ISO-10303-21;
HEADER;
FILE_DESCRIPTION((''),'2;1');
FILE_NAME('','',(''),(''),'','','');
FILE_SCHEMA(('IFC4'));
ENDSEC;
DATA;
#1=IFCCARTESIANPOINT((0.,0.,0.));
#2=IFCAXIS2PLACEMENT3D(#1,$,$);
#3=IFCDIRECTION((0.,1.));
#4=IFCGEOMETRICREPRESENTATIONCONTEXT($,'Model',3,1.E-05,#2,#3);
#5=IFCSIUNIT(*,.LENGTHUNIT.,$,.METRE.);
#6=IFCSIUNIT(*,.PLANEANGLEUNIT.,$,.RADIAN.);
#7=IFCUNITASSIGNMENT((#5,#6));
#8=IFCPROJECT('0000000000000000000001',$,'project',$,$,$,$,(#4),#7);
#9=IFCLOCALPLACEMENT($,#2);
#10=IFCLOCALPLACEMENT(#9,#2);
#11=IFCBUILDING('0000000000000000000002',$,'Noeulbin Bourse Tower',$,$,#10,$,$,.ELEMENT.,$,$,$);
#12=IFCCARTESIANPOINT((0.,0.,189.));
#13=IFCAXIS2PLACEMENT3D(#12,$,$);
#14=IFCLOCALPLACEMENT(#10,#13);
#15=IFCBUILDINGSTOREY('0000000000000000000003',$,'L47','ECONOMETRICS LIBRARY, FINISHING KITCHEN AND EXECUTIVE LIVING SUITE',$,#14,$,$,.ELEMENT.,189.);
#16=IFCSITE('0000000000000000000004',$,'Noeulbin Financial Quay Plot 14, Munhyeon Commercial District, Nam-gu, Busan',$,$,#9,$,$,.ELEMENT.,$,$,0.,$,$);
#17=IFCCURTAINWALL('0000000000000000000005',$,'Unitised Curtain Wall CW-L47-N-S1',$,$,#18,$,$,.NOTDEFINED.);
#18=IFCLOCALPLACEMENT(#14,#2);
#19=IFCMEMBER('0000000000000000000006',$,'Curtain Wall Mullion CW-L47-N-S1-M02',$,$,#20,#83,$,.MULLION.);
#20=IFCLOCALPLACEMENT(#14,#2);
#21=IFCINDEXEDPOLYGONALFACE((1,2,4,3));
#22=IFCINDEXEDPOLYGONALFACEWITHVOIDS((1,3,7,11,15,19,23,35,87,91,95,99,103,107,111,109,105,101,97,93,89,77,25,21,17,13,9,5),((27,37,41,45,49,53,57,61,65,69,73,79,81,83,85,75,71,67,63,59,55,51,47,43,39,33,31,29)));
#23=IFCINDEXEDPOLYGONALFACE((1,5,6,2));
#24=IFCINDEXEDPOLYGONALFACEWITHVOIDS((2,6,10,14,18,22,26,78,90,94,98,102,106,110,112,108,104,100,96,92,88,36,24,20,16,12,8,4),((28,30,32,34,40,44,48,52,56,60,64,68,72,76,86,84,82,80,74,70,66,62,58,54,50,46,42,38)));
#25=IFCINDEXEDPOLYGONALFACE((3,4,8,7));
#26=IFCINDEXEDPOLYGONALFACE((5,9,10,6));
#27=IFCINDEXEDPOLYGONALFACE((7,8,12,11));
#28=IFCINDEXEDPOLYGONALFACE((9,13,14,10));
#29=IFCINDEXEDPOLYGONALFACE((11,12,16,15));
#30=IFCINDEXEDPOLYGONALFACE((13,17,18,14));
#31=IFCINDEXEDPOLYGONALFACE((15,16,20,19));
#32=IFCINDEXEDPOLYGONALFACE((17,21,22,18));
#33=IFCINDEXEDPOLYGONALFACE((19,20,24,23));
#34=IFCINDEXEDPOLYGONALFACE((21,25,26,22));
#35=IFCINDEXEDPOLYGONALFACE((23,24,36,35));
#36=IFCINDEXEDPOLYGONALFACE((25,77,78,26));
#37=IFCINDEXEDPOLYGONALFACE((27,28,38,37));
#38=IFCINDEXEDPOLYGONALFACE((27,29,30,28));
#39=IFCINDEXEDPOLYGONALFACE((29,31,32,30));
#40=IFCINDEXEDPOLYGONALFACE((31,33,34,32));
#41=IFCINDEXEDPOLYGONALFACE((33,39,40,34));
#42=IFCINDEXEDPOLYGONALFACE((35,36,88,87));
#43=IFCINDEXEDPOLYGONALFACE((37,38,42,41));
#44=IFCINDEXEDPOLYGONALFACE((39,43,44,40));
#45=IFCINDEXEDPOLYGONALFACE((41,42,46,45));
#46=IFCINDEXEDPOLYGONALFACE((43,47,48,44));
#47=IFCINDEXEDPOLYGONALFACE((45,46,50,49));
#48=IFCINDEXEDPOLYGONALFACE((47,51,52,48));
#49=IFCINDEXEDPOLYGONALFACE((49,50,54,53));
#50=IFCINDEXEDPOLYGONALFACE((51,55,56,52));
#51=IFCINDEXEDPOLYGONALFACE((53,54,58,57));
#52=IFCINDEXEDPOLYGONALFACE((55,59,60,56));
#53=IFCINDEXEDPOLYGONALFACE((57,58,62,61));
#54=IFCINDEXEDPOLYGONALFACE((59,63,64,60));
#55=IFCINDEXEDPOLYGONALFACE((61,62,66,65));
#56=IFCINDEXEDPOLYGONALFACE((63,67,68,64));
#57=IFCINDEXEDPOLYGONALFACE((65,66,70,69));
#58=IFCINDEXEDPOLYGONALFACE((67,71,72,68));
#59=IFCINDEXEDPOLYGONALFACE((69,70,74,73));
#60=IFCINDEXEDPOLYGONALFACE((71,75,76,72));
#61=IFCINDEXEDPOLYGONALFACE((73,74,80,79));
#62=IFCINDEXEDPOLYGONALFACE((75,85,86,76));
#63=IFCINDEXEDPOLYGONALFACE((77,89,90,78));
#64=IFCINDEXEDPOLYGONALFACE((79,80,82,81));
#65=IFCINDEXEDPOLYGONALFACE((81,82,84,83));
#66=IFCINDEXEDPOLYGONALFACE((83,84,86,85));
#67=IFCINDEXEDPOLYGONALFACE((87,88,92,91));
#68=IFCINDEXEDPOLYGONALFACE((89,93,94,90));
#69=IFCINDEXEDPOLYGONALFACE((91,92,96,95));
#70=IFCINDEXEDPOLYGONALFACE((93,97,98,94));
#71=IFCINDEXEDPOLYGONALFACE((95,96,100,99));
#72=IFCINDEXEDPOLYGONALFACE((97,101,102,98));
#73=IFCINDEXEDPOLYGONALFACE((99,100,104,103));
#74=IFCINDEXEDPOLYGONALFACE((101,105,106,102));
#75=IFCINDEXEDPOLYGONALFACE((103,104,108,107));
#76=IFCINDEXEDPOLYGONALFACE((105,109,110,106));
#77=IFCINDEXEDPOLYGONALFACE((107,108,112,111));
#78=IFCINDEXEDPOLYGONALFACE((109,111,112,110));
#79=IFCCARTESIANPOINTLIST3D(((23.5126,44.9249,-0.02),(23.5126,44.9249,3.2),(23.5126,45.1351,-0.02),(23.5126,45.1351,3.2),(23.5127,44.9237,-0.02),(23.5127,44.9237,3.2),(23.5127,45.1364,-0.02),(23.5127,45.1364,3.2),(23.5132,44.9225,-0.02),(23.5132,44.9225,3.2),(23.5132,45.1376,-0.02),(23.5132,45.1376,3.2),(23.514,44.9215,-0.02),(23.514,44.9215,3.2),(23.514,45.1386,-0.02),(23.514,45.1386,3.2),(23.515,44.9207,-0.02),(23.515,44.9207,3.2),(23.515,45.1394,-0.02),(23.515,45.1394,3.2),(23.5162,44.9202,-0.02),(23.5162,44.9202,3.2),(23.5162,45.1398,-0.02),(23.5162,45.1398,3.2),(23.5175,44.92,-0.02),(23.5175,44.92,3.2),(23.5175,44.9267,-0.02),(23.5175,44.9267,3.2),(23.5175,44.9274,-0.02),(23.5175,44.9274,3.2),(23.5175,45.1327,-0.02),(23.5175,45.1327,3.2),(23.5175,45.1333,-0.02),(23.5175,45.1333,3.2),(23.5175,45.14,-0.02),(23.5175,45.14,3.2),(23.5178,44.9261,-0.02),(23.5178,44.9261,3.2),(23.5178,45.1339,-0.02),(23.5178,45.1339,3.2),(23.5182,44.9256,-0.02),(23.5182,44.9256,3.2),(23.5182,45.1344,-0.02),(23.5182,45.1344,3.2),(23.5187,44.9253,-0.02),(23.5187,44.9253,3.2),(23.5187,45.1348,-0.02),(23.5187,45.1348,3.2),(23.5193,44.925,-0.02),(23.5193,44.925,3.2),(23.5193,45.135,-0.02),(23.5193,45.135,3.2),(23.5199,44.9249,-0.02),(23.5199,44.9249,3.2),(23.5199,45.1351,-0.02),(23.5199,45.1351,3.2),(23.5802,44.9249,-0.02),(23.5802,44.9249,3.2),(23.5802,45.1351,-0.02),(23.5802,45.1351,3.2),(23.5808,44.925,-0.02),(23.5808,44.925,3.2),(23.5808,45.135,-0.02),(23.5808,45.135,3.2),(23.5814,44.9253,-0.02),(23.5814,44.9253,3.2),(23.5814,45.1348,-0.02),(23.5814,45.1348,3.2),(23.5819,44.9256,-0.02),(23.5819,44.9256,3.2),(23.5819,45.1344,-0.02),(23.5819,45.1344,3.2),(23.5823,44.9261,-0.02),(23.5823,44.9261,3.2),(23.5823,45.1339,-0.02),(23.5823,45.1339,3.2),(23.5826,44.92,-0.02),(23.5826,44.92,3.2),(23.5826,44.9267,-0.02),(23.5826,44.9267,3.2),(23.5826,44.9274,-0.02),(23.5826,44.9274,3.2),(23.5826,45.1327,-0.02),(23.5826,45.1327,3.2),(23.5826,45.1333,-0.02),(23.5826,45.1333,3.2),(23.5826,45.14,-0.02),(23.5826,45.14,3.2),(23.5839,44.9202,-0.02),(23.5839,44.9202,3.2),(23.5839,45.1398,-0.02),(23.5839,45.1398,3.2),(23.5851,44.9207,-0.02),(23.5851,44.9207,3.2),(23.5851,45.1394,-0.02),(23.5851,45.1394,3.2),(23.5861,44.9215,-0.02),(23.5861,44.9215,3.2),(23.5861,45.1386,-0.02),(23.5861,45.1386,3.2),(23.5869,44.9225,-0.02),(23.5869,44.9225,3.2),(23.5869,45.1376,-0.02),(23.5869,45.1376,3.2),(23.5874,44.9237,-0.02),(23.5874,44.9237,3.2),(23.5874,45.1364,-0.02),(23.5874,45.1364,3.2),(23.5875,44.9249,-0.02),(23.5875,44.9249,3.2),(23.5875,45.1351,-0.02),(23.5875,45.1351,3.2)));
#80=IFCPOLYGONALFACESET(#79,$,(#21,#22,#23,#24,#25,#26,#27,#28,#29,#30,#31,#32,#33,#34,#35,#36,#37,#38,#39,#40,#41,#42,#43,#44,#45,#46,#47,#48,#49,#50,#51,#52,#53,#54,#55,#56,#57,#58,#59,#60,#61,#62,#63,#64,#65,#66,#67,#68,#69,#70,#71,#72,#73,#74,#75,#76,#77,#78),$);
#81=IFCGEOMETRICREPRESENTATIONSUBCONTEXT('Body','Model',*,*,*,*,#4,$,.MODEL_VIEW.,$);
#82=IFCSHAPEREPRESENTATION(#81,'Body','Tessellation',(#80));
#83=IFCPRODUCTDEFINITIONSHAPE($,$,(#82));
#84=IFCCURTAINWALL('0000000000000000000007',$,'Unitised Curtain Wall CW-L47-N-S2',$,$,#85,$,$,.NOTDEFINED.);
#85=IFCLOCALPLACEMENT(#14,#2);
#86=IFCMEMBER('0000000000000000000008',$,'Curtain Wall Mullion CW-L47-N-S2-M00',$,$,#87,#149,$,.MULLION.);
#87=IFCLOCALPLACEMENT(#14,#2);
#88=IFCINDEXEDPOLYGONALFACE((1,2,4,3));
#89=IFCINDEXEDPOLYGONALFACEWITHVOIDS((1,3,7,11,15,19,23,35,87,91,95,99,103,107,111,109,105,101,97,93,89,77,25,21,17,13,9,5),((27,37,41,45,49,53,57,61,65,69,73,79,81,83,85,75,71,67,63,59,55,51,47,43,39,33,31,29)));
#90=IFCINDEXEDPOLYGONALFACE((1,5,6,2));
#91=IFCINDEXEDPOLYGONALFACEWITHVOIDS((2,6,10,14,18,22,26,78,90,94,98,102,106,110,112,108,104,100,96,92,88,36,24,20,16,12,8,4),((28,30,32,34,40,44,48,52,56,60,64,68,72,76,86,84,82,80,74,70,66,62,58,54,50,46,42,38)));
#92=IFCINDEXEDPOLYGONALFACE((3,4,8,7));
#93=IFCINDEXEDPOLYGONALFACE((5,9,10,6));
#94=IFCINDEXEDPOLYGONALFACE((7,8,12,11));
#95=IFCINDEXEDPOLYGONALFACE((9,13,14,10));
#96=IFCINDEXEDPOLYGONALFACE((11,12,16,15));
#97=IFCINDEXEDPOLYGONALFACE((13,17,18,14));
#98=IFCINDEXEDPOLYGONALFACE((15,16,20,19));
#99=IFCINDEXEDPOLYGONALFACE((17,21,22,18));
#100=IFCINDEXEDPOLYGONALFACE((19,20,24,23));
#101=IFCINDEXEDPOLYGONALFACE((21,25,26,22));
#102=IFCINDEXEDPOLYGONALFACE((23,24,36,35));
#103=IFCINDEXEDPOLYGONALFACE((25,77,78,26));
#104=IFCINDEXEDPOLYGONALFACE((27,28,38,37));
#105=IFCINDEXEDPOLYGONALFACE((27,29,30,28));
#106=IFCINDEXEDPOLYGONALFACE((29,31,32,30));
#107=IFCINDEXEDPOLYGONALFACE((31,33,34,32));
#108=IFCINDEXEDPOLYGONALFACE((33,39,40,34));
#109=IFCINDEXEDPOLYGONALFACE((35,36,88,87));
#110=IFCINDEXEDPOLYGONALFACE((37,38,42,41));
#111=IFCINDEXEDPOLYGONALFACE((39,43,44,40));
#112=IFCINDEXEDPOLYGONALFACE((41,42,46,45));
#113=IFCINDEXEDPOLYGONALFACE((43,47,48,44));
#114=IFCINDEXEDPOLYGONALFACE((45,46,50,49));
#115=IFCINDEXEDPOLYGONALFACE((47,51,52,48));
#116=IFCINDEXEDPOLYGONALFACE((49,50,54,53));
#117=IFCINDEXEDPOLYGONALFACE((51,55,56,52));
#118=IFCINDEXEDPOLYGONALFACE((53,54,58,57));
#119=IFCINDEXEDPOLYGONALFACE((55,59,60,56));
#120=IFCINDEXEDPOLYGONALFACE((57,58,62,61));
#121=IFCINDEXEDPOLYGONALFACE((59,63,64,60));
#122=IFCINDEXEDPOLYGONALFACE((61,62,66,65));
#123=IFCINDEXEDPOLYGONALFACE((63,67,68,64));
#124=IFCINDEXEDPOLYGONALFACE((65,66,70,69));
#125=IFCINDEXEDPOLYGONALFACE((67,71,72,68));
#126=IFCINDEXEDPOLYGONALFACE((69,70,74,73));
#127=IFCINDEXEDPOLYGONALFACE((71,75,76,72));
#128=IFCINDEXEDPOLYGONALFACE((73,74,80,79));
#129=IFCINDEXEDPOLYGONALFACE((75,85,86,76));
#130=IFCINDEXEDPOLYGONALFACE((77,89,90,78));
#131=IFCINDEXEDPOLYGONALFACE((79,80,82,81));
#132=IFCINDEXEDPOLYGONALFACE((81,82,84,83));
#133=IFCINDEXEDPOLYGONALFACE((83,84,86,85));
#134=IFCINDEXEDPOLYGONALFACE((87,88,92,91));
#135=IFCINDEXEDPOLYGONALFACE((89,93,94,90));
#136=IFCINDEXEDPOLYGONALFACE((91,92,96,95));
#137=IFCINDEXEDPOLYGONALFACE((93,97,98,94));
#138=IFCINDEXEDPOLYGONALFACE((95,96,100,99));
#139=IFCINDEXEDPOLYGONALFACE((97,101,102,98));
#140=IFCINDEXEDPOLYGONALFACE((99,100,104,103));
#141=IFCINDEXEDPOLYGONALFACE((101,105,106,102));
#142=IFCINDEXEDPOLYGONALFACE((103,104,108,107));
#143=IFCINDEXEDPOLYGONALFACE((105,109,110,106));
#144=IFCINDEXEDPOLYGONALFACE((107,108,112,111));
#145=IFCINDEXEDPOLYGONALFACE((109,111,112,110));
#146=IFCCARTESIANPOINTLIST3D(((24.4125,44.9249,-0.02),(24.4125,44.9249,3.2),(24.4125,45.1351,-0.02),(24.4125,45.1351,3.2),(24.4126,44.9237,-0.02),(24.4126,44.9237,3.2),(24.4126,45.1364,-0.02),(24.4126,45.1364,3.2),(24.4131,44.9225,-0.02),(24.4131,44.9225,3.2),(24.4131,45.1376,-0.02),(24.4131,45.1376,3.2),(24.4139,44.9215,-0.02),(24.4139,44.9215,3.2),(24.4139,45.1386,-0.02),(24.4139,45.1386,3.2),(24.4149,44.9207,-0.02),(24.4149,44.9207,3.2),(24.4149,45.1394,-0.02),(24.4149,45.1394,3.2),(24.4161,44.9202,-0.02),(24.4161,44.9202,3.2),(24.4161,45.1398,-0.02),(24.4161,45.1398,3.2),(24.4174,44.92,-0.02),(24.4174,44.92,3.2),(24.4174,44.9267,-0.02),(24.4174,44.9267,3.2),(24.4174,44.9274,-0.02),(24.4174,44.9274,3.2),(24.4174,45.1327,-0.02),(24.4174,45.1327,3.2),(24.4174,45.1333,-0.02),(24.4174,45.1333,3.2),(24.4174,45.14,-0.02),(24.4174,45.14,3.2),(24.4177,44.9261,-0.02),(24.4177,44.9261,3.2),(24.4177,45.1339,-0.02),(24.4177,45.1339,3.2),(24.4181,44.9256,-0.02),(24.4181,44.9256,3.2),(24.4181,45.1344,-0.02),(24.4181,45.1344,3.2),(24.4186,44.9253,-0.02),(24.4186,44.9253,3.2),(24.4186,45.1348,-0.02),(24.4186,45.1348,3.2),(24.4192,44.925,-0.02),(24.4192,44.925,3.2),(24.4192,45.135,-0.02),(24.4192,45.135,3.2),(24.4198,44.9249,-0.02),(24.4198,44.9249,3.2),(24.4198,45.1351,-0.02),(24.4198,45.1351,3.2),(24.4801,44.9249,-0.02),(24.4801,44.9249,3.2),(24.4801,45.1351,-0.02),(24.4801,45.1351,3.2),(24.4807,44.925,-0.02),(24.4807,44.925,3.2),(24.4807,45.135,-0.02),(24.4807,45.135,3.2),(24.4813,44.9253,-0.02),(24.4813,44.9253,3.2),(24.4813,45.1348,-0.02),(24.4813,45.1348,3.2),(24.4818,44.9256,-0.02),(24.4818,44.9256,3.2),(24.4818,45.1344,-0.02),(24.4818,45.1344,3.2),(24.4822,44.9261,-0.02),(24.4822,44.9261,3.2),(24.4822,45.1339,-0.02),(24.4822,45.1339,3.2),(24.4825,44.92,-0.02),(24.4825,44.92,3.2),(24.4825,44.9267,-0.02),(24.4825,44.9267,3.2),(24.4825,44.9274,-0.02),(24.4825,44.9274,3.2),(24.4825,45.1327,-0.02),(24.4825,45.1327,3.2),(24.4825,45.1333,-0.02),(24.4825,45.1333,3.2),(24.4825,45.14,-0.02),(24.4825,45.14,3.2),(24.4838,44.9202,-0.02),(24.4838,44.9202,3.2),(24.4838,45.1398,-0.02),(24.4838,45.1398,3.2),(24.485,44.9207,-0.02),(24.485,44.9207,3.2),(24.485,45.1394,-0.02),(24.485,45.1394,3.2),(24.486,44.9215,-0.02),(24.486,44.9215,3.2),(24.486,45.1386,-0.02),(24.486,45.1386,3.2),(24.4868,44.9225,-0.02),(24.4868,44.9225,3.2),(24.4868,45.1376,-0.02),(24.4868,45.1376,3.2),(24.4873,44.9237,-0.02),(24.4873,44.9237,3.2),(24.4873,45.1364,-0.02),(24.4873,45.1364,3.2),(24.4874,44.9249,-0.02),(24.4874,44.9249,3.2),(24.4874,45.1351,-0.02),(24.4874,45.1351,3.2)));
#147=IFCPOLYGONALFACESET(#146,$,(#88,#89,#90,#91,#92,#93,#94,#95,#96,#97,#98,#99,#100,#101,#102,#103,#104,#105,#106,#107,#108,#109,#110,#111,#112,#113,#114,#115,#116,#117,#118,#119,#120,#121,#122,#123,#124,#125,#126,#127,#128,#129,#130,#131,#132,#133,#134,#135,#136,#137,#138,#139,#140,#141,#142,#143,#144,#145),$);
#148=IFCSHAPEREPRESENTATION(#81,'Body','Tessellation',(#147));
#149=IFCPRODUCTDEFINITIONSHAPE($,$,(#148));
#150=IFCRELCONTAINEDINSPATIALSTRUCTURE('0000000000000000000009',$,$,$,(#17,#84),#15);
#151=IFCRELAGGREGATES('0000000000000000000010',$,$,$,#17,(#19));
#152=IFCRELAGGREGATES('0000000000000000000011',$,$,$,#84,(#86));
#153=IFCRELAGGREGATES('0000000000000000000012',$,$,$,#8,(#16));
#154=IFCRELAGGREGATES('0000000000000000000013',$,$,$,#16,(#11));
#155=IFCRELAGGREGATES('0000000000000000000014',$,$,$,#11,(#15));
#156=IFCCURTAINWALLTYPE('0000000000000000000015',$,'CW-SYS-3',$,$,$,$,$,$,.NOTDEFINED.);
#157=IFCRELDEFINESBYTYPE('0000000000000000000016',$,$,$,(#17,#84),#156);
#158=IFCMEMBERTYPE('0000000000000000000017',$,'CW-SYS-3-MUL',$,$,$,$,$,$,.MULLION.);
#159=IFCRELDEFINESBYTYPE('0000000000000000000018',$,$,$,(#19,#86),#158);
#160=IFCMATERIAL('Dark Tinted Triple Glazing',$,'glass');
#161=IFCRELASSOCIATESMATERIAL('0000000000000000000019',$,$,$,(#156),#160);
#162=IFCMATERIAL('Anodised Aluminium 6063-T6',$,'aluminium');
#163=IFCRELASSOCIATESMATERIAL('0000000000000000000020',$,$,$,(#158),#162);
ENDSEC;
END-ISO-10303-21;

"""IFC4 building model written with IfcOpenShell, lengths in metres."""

from ifc_helpers import new_model, si_unit, direction, frame, origin, origin_2d, place, context, subcontext, project, spatial, hollow_rectangle, extrude, material, material_profile, profile_set, type_object, element, aggregate, save


model = new_model("IFC4")

# Units and contexts
model_context = context("Model", 3, precision=1e-05, world=origin(), true_north=direction((0.0, 1.0)))
body_context = subcontext(model_context, "Body", "Model", "MODEL_VIEW")
ifc_project = project(units=[si_unit("LENGTHUNIT", "METRE"), si_unit("PLANEANGLEUNIT", "RADIAN")], contexts=[model_context])

# Site, building, storey
site_placement = place(None, origin())
site = spatial("IfcSite", under=ifc_project, at=site_placement, Name="Noeulbin Financial Quay Plot 14, Munhyeon Commercial District, Nam-gu, Busan", CompositionType="ELEMENT", RefElevation=0.0)
building_placement = place(site_placement, origin())
building = spatial("IfcBuilding", under=site, at=building_placement, Name="Noeulbin Bourse Tower", CompositionType="ELEMENT")
storey_placement = place(building_placement, frame((0.0, 0.0, 189.0)))
storey = spatial("IfcBuildingStorey", under=building, at=storey_placement, Name="L47", Description="ECONOMETRICS LIBRARY, FINISHING KITCHEN AND EXECUTIVE LIVING SUITE", CompositionType="ELEMENT", Elevation=189.0)

# Curtain walls, members
ifc_material_1 = material(Name="Dark Tinted Triple Glazing", Category="glass")
curtain_wall_type = type_object("IfcCurtainWallType", Name="CW-SYS-3", PredefinedType="NOTDEFINED", material=ifc_material_1)
curtain_wall_1_placement = place(storey_placement, origin())
curtain_wall_1 = element("IfcCurtainWall", 1, at=curtain_wall_1_placement, inside=storey, type_object=curtain_wall_type, Name="Unitised Curtain Wall CW-L47-N-S1", PredefinedType="NOTDEFINED")
ifc_material_2 = material(Name="Anodised Aluminium 6063-T6", Category="aluminium")
ifc_material_profile_1 = material_profile(ifc_material_2, hollow_rectangle(XDim=0.075, YDim=0.22, WallThickness=0.0049, InnerFilletRadius=0.0024, OuterFilletRadius=0.0049, at=origin_2d()), Name="ALU-MULL-75x220x5", Category="LoadBearing")
ifc_profile_set_1 = profile_set([ifc_material_profile_1], Name="Anodised Aluminium 6063-T6")
member_type_1 = type_object("IfcMemberType", Name="CW-SYS-3-MUL", PredefinedType="MULLION", material=ifc_profile_set_1)
member_1_placement = place(storey_placement, frame((23.55, 45.03, -0.02), z_axis=(0.0, 0.0, 1.0), x_axis=(1.0, 0.0, 0.0)))
member_1 = element("IfcMember", 2, at=member_1_placement, type_object=member_type_1, Name="Curtain Wall Mullion CW-L47-N-S1-M02", PredefinedType="MULLION", context=body_context, shape_type="SweptSolid", body=[
    extrude(hollow_rectangle(XDim=0.075, YDim=0.22, WallThickness=0.0049, InnerFilletRadius=0.0024, OuterFilletRadius=0.0049, at=origin_2d()), origin(), (0.0, 0.0, 1.0), 3.22),
])
curtain_wall_2_placement = place(storey_placement, origin())
curtain_wall_2 = element("IfcCurtainWall", 3, at=curtain_wall_2_placement, inside=storey, type_object=curtain_wall_type, Name="Unitised Curtain Wall CW-L47-N-S2", PredefinedType="NOTDEFINED")
member_2_placement = place(storey_placement, frame((24.45, 45.03, -0.02), z_axis=(0.0, 0.0, 1.0), x_axis=(1.0, 0.0, 0.0)))
member_2 = element("IfcMember", 4, at=member_2_placement, type_object=member_type_1, Name="Curtain Wall Mullion CW-L47-N-S2-M00", PredefinedType="MULLION", context=body_context, shape_type="SweptSolid", body=[
    extrude(hollow_rectangle(XDim=0.075, YDim=0.22, WallThickness=0.0049, InnerFilletRadius=0.0024, OuterFilletRadius=0.0049, at=origin_2d()), origin(), (0.0, 0.0, 1.0), 3.22),
])

aggregate(curtain_wall_1, [member_1])
aggregate(curtain_wall_2, [member_2])

save(model, "model.ifc")
